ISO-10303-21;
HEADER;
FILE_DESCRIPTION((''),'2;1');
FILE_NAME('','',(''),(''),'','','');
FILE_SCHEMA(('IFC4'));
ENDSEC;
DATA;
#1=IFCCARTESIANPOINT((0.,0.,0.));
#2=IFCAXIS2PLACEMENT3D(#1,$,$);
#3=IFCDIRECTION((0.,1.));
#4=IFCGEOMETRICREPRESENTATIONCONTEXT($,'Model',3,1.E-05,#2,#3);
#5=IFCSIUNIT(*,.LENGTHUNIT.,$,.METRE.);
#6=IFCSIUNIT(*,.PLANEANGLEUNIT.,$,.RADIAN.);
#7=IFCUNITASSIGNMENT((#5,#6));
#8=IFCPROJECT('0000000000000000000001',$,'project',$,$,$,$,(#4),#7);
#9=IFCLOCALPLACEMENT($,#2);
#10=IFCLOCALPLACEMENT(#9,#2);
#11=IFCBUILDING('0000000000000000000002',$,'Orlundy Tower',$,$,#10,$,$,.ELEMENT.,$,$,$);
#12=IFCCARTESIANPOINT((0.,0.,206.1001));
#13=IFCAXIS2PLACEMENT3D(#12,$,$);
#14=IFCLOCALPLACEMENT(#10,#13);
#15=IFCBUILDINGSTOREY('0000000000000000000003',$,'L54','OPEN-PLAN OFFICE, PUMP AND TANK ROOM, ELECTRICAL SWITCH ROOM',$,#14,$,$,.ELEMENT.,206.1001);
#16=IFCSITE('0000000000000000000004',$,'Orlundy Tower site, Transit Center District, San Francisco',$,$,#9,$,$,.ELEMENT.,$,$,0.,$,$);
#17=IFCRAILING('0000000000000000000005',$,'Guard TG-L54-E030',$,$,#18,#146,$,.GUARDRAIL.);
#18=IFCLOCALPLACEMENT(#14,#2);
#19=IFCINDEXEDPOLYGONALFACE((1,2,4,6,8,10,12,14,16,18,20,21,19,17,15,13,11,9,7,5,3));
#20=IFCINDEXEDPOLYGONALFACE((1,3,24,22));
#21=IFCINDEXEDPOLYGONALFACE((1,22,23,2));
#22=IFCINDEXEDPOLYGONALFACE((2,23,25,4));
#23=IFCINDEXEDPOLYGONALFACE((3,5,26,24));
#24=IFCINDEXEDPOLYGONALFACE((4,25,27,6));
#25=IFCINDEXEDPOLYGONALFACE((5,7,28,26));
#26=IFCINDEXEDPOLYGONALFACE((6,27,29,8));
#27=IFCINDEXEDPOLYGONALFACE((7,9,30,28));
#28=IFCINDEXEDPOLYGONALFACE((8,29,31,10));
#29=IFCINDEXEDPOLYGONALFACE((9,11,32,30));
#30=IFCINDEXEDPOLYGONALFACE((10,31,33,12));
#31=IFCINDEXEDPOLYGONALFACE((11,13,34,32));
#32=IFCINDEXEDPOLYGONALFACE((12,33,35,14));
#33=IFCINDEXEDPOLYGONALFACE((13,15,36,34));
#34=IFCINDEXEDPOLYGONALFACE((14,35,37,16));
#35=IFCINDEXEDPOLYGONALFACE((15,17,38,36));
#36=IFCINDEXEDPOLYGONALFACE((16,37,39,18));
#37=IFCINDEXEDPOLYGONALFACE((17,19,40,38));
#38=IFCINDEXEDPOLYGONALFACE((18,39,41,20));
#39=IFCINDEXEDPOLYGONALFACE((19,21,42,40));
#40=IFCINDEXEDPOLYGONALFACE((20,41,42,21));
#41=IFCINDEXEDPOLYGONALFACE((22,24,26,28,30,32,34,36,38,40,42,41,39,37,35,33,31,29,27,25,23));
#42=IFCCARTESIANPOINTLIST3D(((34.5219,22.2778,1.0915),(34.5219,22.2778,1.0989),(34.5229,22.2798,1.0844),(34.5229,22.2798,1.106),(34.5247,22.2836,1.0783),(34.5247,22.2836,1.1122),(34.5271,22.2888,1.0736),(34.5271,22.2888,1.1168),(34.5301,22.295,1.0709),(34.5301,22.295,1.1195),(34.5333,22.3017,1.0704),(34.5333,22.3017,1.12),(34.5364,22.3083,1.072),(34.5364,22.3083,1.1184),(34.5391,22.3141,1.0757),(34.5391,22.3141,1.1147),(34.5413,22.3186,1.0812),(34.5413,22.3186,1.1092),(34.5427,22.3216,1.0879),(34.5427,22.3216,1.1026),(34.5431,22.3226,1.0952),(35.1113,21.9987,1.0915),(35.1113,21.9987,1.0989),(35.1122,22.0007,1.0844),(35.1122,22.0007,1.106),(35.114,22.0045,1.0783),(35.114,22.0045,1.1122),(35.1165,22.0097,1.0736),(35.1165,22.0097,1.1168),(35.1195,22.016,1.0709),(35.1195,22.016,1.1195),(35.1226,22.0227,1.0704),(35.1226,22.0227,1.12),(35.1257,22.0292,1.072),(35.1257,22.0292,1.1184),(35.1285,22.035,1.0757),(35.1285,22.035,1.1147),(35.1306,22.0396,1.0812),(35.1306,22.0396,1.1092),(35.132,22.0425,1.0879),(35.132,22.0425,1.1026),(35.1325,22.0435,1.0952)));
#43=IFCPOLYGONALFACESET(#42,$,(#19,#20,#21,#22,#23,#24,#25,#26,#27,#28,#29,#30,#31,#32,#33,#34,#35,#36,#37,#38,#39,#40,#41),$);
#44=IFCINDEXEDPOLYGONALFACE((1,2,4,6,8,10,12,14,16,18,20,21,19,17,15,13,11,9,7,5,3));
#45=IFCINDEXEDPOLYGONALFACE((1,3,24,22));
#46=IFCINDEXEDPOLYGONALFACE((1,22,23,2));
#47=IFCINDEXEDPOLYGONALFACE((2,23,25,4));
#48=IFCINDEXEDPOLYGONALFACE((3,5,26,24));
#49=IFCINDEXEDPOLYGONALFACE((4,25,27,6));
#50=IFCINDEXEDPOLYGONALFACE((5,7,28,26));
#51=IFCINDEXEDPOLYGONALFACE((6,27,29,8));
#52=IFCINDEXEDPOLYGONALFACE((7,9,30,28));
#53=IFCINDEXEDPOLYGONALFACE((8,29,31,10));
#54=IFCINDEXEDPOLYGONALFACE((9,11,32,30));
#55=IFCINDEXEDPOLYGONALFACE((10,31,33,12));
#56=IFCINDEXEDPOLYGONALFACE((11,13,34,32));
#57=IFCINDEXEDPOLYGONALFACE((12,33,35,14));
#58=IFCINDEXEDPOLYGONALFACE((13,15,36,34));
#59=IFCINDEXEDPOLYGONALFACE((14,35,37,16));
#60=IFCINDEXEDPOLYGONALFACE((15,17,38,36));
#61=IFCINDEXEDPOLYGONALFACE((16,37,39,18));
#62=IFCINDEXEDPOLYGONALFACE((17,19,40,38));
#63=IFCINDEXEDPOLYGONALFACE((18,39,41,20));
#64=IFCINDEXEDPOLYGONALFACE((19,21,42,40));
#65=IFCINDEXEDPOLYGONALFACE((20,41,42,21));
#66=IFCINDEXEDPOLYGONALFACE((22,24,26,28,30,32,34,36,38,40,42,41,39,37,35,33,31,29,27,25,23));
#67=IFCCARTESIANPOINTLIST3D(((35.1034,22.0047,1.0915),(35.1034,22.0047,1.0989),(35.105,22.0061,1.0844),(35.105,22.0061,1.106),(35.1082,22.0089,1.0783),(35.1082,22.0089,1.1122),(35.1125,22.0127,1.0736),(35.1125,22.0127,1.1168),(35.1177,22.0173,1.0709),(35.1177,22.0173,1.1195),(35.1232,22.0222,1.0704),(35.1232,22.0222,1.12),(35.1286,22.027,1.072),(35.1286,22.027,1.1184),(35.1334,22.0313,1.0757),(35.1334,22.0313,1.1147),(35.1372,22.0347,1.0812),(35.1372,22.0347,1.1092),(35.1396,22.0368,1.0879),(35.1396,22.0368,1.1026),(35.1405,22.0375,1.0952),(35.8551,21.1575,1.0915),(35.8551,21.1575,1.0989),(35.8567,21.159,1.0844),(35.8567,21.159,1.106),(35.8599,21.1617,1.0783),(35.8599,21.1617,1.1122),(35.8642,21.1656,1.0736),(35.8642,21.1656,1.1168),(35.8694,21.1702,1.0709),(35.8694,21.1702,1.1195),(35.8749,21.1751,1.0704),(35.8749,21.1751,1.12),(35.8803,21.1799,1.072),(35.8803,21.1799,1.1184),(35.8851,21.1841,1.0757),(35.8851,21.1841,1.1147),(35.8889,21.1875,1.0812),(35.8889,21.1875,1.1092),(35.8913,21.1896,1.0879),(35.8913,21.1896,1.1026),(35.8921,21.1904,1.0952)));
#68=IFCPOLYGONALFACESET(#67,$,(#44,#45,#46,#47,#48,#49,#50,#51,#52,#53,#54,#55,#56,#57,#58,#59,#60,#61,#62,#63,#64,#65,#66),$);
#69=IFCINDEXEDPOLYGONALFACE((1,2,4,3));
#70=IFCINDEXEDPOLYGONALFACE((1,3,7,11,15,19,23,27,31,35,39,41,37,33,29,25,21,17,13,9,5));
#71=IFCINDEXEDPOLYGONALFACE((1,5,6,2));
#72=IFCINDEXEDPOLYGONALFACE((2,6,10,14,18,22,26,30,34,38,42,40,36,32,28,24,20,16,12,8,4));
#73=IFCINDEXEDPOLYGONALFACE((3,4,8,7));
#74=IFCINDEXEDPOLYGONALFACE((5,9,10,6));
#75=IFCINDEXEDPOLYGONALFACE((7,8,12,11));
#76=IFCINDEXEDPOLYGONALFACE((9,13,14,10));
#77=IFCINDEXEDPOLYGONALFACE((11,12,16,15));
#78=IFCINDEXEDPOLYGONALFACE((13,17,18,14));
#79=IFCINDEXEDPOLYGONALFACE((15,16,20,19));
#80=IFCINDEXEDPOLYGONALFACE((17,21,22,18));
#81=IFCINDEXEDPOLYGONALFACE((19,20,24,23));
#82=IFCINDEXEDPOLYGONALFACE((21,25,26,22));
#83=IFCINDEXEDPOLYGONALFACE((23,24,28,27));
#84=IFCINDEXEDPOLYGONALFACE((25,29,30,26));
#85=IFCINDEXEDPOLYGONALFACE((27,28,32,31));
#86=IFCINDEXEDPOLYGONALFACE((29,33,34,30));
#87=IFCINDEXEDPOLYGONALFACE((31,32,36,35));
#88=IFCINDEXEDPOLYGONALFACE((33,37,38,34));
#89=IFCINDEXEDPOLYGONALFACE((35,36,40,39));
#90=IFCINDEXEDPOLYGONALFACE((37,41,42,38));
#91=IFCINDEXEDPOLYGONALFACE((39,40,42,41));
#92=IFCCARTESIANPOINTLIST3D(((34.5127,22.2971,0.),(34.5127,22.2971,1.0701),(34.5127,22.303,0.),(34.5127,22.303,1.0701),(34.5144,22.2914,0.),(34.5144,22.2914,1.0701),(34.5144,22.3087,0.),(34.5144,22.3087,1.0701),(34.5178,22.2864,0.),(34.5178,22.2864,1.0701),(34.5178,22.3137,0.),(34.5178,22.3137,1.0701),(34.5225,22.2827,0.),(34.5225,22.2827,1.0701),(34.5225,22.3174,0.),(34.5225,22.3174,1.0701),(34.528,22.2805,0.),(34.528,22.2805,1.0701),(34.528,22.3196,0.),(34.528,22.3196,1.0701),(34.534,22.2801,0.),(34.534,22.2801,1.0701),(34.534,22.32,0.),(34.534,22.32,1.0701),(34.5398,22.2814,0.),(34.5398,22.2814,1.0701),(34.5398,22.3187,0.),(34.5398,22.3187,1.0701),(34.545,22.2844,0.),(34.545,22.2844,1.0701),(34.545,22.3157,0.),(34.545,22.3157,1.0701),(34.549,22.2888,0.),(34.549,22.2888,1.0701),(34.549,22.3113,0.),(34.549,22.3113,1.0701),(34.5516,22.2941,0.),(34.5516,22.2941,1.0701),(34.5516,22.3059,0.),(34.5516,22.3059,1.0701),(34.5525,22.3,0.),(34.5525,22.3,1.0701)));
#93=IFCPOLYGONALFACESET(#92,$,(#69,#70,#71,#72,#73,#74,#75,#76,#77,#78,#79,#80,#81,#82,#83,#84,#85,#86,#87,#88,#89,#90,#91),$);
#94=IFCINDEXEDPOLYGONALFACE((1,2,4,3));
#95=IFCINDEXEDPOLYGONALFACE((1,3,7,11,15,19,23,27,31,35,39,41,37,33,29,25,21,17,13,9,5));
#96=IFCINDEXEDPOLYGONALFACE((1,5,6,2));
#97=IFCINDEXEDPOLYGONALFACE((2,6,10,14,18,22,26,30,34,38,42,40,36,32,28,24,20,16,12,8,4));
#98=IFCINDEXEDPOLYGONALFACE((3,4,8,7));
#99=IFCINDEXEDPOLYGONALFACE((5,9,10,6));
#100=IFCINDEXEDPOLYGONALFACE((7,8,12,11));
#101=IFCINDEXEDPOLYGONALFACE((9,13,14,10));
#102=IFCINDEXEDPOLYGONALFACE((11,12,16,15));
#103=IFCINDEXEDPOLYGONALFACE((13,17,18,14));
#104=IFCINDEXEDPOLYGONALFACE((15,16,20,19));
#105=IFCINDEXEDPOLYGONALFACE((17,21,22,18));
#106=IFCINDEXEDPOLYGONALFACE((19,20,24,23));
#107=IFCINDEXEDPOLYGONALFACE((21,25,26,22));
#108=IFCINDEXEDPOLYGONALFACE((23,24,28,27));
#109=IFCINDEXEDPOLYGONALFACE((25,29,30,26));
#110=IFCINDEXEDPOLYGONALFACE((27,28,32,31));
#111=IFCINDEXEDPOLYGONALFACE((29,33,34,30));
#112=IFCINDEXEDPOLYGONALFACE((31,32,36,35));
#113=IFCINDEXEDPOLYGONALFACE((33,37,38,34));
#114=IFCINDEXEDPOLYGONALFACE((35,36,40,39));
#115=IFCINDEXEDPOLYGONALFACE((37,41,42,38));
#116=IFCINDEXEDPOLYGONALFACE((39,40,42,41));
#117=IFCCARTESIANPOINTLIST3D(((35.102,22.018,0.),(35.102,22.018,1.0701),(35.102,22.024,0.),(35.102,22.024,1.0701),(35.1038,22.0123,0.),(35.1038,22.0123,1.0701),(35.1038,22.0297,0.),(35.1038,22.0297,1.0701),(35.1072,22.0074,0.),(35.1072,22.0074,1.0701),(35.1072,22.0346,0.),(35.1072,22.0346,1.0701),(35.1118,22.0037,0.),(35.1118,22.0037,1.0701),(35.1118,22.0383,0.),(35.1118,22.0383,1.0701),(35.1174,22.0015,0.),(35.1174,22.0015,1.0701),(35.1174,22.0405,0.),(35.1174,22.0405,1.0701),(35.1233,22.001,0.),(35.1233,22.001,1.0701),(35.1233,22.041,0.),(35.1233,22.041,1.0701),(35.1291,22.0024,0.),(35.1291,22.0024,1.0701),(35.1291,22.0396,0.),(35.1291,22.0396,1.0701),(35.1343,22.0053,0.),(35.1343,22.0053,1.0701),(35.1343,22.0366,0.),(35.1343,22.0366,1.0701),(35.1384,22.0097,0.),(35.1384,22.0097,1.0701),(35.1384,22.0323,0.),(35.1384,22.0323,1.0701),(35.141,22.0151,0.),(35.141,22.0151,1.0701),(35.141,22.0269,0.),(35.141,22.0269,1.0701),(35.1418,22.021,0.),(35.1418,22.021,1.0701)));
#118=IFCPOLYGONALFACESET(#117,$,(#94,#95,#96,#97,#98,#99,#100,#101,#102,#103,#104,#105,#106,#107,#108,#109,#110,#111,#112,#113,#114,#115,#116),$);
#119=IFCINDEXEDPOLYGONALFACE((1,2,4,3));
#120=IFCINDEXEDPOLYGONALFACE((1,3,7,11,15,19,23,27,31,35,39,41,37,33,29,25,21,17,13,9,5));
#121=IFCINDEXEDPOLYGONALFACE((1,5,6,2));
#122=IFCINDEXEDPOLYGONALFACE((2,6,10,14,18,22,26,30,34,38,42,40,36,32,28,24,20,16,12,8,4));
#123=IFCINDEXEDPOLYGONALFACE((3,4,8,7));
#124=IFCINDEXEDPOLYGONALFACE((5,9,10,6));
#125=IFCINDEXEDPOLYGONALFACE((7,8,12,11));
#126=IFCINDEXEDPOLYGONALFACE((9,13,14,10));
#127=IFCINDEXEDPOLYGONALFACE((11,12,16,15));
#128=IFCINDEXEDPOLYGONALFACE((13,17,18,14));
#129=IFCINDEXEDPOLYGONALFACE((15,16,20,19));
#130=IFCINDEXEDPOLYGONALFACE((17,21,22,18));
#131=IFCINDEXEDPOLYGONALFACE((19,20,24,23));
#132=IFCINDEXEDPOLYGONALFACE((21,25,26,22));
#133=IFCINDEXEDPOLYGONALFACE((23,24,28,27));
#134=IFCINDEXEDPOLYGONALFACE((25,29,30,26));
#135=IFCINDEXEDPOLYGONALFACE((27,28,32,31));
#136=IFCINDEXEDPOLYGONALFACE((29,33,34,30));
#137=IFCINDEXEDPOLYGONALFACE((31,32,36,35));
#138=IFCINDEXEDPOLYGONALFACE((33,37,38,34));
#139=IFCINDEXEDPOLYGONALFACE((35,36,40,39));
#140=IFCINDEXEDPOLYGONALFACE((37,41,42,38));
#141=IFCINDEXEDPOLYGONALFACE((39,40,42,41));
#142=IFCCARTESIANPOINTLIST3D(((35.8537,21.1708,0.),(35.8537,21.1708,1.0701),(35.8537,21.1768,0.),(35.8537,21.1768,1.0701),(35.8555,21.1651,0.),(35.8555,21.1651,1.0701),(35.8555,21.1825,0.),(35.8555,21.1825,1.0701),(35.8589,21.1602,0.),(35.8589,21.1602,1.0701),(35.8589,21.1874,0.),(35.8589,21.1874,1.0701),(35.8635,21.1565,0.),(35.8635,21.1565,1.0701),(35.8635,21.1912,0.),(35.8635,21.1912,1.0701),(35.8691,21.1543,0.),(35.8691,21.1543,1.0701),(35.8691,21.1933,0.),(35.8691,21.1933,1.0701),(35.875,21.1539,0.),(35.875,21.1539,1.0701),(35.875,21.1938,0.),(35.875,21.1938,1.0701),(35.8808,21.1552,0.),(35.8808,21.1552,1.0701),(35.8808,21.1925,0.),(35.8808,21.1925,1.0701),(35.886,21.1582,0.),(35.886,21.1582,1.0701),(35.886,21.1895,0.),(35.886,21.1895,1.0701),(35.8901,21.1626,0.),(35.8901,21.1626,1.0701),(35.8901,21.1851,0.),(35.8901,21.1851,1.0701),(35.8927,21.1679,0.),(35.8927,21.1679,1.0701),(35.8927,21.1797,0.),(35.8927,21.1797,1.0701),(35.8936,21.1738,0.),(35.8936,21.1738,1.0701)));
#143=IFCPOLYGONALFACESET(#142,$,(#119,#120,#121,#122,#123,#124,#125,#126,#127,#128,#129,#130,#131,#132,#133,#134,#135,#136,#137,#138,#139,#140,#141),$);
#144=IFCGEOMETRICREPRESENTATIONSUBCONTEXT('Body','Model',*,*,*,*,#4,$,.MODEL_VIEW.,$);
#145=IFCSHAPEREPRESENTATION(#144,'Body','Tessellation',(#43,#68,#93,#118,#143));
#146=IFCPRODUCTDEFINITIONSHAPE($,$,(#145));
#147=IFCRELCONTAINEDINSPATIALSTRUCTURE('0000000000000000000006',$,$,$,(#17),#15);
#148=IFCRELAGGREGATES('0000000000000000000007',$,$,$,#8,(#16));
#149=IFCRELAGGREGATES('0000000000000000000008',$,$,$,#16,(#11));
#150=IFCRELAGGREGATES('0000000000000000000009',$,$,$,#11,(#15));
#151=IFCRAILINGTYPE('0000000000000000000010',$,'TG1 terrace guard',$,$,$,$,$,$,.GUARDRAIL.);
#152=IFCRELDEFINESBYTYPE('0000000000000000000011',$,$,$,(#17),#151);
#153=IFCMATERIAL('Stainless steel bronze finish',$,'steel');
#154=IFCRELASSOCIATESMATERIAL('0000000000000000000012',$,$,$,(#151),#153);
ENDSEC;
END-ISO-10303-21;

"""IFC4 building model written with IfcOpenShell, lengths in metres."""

from ifc_helpers import new_model, si_unit, direction, frame, origin, origin_2d, place, context, subcontext, project, spatial, circle, extrude, material, type_object, element, save


model = new_model("IFC4")

# Units and contexts
model_context = context("Model", 3, precision=1e-05, world=origin(), true_north=direction((0.0, 1.0)))
body_context = subcontext(model_context, "Body", "Model", "MODEL_VIEW")
ifc_project = project(units=[si_unit("LENGTHUNIT", "METRE"), si_unit("PLANEANGLEUNIT", "RADIAN")], contexts=[model_context])

# Site, building, storey
site_placement = place(None, origin())
site = spatial("IfcSite", under=ifc_project, at=site_placement, Name="Orlundy Tower site, Transit Center District, San Francisco", CompositionType="ELEMENT", RefElevation=0.0)
building_placement = place(site_placement, origin())
building = spatial("IfcBuilding", under=site, at=building_placement, Name="Orlundy Tower", CompositionType="ELEMENT")
storey_placement = place(building_placement, frame((0.0, 0.0, 206.1001)))
storey = spatial("IfcBuildingStorey", under=building, at=storey_placement, Name="L54", Description="OPEN-PLAN OFFICE, PUMP AND TANK ROOM, ELECTRICAL SWITCH ROOM", CompositionType="ELEMENT", Elevation=206.1001)

# Railing
ifc_material_1 = material(Name="Stainless steel bronze finish", Category="steel")
railing_type_1 = type_object("IfcRailingType", Name="TG1 terrace guard", PredefinedType="GUARDRAIL", material=ifc_material_1)
railing_1_placement = place(storey_placement, frame((34.5325, 22.3, 0.0)))
element("IfcRailing", 1, at=railing_1_placement, inside=storey, type_object=railing_type_1, Name="Guard TG-L54-E030", PredefinedType="GUARDRAIL", context=body_context, shape_type="SweptSolid", body=[
    extrude(circle(Radius=0.0249, at=origin_2d()), frame((0.0, 0.0, 1.0952), z_axis=(0.903806, -0.427941, 0.0), x_axis=(0.427941, 0.903806, 0.0)), (0.0, 0.0, 1.0), 0.6521),
    extrude(circle(Radius=0.0249, at=origin_2d()), frame((0.5894, -0.2791, 1.0952), z_axis=(0.663708, -0.747992, 0.0), x_axis=(0.747992, 0.663708, 0.0)), (0.0, 0.0, 1.0), 1.1326),
    extrude(circle(Radius=0.02, at=origin_2d()), origin(), (0.0, 0.0, 1.0), 1.0701),
    extrude(circle(Radius=0.02, at=origin_2d()), frame((0.5894, -0.2791, 0.0)), (0.0, 0.0, 1.0), 1.0701),
    extrude(circle(Radius=0.02, at=origin_2d()), frame((1.3411, -1.1262, 0.0)), (0.0, 0.0, 1.0), 1.0701),
])

save(model, "model.ifc")
